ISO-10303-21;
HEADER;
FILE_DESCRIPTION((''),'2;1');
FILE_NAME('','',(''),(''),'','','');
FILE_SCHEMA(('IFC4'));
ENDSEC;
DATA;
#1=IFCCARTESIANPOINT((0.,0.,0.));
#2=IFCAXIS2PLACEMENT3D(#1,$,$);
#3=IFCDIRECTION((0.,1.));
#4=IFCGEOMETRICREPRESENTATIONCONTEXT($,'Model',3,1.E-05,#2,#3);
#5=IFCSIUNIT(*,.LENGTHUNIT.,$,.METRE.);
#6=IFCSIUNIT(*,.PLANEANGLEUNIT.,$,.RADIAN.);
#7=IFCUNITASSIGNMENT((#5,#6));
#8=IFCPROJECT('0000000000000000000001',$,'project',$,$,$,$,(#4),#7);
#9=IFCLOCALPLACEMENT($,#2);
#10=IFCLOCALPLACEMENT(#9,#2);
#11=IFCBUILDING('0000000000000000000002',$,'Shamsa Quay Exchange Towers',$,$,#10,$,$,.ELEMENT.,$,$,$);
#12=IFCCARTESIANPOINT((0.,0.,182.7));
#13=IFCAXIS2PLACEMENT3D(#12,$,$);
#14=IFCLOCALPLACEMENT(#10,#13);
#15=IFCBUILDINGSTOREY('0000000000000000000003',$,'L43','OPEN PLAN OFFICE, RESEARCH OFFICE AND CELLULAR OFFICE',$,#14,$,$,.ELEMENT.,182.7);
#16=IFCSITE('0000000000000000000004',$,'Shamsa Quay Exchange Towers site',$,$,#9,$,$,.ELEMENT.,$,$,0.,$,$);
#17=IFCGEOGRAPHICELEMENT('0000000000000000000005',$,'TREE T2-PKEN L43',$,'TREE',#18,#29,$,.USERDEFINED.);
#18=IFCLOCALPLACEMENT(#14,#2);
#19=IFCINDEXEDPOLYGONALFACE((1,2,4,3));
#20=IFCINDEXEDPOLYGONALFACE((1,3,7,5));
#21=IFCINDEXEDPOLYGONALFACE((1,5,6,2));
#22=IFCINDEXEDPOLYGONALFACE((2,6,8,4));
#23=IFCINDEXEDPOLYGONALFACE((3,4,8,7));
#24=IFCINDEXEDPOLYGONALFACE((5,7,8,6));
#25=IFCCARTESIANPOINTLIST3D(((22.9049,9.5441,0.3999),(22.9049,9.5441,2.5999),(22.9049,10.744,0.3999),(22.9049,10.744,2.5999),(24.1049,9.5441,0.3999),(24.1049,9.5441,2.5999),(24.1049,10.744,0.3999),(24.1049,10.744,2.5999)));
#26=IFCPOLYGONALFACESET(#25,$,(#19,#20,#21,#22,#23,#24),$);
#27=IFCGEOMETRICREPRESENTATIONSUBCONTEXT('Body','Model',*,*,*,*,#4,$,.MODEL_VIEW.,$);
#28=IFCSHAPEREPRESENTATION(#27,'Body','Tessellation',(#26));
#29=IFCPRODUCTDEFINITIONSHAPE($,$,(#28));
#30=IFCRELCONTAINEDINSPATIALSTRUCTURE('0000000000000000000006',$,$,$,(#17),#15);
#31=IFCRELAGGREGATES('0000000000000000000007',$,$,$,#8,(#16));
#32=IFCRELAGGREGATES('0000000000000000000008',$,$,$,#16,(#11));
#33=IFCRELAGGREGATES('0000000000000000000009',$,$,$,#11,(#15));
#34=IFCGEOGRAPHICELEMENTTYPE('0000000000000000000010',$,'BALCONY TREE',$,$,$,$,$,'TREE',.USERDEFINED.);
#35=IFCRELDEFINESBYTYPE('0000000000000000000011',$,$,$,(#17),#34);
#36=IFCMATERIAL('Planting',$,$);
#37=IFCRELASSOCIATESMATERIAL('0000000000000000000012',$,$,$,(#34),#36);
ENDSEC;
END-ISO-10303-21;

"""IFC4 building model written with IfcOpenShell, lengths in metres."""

from ifc_helpers import new_model, si_unit, direction, frame, origin, origin_2d, place, context, subcontext, project, spatial, rectangle, extrude, material, type_object, element, save


model = new_model("IFC4")

# Units and contexts
model_context = context("Model", 3, precision=1e-05, world=origin(), true_north=direction((0.0, 1.0)))
body_context = subcontext(model_context, "Body", "Model", "MODEL_VIEW")
ifc_project = project(units=[si_unit("LENGTHUNIT", "METRE"), si_unit("PLANEANGLEUNIT", "RADIAN")], contexts=[model_context])

# Site, building, storey
site_placement = place(None, origin())
site = spatial("IfcSite", under=ifc_project, at=site_placement, Name="Shamsa Quay Exchange Towers site", CompositionType="ELEMENT", RefElevation=0.0)
building_placement = place(site_placement, origin())
building = spatial("IfcBuilding", under=site, at=building_placement, Name="Shamsa Quay Exchange Towers", CompositionType="ELEMENT")
storey_placement = place(building_placement, frame((0.0, 0.0, 182.7)))
storey = spatial("IfcBuildingStorey", under=building, at=storey_placement, Name="L43", Description="OPEN PLAN OFFICE, RESEARCH OFFICE AND CELLULAR OFFICE", CompositionType="ELEMENT", Elevation=182.7)

# Geographic element
ifc_material_1 = material(Name="Planting")
geographic_element_type = type_object("IfcGeographicElementType", Name="BALCONY TREE", ElementType="TREE", PredefinedType="USERDEFINED", material=ifc_material_1)
geographic_element_placement = place(storey_placement, frame((23.5049, 10.144, 0.3999), z_axis=(0.0, 0.0, 1.0), x_axis=(0.0, -1.0, 0.0)))
element("IfcGeographicElement", 1, at=geographic_element_placement, inside=storey, type_object=geographic_element_type, Name="TREE T2-PKEN L43", ObjectType="TREE", PredefinedType="USERDEFINED", context=body_context, shape_type="SweptSolid", body=[
    extrude(rectangle(XDim=1.2, YDim=1.2, at=origin_2d()), origin(), (0.0, 0.0, 1.0), 2.2),
])

save(model, "model.ifc")
